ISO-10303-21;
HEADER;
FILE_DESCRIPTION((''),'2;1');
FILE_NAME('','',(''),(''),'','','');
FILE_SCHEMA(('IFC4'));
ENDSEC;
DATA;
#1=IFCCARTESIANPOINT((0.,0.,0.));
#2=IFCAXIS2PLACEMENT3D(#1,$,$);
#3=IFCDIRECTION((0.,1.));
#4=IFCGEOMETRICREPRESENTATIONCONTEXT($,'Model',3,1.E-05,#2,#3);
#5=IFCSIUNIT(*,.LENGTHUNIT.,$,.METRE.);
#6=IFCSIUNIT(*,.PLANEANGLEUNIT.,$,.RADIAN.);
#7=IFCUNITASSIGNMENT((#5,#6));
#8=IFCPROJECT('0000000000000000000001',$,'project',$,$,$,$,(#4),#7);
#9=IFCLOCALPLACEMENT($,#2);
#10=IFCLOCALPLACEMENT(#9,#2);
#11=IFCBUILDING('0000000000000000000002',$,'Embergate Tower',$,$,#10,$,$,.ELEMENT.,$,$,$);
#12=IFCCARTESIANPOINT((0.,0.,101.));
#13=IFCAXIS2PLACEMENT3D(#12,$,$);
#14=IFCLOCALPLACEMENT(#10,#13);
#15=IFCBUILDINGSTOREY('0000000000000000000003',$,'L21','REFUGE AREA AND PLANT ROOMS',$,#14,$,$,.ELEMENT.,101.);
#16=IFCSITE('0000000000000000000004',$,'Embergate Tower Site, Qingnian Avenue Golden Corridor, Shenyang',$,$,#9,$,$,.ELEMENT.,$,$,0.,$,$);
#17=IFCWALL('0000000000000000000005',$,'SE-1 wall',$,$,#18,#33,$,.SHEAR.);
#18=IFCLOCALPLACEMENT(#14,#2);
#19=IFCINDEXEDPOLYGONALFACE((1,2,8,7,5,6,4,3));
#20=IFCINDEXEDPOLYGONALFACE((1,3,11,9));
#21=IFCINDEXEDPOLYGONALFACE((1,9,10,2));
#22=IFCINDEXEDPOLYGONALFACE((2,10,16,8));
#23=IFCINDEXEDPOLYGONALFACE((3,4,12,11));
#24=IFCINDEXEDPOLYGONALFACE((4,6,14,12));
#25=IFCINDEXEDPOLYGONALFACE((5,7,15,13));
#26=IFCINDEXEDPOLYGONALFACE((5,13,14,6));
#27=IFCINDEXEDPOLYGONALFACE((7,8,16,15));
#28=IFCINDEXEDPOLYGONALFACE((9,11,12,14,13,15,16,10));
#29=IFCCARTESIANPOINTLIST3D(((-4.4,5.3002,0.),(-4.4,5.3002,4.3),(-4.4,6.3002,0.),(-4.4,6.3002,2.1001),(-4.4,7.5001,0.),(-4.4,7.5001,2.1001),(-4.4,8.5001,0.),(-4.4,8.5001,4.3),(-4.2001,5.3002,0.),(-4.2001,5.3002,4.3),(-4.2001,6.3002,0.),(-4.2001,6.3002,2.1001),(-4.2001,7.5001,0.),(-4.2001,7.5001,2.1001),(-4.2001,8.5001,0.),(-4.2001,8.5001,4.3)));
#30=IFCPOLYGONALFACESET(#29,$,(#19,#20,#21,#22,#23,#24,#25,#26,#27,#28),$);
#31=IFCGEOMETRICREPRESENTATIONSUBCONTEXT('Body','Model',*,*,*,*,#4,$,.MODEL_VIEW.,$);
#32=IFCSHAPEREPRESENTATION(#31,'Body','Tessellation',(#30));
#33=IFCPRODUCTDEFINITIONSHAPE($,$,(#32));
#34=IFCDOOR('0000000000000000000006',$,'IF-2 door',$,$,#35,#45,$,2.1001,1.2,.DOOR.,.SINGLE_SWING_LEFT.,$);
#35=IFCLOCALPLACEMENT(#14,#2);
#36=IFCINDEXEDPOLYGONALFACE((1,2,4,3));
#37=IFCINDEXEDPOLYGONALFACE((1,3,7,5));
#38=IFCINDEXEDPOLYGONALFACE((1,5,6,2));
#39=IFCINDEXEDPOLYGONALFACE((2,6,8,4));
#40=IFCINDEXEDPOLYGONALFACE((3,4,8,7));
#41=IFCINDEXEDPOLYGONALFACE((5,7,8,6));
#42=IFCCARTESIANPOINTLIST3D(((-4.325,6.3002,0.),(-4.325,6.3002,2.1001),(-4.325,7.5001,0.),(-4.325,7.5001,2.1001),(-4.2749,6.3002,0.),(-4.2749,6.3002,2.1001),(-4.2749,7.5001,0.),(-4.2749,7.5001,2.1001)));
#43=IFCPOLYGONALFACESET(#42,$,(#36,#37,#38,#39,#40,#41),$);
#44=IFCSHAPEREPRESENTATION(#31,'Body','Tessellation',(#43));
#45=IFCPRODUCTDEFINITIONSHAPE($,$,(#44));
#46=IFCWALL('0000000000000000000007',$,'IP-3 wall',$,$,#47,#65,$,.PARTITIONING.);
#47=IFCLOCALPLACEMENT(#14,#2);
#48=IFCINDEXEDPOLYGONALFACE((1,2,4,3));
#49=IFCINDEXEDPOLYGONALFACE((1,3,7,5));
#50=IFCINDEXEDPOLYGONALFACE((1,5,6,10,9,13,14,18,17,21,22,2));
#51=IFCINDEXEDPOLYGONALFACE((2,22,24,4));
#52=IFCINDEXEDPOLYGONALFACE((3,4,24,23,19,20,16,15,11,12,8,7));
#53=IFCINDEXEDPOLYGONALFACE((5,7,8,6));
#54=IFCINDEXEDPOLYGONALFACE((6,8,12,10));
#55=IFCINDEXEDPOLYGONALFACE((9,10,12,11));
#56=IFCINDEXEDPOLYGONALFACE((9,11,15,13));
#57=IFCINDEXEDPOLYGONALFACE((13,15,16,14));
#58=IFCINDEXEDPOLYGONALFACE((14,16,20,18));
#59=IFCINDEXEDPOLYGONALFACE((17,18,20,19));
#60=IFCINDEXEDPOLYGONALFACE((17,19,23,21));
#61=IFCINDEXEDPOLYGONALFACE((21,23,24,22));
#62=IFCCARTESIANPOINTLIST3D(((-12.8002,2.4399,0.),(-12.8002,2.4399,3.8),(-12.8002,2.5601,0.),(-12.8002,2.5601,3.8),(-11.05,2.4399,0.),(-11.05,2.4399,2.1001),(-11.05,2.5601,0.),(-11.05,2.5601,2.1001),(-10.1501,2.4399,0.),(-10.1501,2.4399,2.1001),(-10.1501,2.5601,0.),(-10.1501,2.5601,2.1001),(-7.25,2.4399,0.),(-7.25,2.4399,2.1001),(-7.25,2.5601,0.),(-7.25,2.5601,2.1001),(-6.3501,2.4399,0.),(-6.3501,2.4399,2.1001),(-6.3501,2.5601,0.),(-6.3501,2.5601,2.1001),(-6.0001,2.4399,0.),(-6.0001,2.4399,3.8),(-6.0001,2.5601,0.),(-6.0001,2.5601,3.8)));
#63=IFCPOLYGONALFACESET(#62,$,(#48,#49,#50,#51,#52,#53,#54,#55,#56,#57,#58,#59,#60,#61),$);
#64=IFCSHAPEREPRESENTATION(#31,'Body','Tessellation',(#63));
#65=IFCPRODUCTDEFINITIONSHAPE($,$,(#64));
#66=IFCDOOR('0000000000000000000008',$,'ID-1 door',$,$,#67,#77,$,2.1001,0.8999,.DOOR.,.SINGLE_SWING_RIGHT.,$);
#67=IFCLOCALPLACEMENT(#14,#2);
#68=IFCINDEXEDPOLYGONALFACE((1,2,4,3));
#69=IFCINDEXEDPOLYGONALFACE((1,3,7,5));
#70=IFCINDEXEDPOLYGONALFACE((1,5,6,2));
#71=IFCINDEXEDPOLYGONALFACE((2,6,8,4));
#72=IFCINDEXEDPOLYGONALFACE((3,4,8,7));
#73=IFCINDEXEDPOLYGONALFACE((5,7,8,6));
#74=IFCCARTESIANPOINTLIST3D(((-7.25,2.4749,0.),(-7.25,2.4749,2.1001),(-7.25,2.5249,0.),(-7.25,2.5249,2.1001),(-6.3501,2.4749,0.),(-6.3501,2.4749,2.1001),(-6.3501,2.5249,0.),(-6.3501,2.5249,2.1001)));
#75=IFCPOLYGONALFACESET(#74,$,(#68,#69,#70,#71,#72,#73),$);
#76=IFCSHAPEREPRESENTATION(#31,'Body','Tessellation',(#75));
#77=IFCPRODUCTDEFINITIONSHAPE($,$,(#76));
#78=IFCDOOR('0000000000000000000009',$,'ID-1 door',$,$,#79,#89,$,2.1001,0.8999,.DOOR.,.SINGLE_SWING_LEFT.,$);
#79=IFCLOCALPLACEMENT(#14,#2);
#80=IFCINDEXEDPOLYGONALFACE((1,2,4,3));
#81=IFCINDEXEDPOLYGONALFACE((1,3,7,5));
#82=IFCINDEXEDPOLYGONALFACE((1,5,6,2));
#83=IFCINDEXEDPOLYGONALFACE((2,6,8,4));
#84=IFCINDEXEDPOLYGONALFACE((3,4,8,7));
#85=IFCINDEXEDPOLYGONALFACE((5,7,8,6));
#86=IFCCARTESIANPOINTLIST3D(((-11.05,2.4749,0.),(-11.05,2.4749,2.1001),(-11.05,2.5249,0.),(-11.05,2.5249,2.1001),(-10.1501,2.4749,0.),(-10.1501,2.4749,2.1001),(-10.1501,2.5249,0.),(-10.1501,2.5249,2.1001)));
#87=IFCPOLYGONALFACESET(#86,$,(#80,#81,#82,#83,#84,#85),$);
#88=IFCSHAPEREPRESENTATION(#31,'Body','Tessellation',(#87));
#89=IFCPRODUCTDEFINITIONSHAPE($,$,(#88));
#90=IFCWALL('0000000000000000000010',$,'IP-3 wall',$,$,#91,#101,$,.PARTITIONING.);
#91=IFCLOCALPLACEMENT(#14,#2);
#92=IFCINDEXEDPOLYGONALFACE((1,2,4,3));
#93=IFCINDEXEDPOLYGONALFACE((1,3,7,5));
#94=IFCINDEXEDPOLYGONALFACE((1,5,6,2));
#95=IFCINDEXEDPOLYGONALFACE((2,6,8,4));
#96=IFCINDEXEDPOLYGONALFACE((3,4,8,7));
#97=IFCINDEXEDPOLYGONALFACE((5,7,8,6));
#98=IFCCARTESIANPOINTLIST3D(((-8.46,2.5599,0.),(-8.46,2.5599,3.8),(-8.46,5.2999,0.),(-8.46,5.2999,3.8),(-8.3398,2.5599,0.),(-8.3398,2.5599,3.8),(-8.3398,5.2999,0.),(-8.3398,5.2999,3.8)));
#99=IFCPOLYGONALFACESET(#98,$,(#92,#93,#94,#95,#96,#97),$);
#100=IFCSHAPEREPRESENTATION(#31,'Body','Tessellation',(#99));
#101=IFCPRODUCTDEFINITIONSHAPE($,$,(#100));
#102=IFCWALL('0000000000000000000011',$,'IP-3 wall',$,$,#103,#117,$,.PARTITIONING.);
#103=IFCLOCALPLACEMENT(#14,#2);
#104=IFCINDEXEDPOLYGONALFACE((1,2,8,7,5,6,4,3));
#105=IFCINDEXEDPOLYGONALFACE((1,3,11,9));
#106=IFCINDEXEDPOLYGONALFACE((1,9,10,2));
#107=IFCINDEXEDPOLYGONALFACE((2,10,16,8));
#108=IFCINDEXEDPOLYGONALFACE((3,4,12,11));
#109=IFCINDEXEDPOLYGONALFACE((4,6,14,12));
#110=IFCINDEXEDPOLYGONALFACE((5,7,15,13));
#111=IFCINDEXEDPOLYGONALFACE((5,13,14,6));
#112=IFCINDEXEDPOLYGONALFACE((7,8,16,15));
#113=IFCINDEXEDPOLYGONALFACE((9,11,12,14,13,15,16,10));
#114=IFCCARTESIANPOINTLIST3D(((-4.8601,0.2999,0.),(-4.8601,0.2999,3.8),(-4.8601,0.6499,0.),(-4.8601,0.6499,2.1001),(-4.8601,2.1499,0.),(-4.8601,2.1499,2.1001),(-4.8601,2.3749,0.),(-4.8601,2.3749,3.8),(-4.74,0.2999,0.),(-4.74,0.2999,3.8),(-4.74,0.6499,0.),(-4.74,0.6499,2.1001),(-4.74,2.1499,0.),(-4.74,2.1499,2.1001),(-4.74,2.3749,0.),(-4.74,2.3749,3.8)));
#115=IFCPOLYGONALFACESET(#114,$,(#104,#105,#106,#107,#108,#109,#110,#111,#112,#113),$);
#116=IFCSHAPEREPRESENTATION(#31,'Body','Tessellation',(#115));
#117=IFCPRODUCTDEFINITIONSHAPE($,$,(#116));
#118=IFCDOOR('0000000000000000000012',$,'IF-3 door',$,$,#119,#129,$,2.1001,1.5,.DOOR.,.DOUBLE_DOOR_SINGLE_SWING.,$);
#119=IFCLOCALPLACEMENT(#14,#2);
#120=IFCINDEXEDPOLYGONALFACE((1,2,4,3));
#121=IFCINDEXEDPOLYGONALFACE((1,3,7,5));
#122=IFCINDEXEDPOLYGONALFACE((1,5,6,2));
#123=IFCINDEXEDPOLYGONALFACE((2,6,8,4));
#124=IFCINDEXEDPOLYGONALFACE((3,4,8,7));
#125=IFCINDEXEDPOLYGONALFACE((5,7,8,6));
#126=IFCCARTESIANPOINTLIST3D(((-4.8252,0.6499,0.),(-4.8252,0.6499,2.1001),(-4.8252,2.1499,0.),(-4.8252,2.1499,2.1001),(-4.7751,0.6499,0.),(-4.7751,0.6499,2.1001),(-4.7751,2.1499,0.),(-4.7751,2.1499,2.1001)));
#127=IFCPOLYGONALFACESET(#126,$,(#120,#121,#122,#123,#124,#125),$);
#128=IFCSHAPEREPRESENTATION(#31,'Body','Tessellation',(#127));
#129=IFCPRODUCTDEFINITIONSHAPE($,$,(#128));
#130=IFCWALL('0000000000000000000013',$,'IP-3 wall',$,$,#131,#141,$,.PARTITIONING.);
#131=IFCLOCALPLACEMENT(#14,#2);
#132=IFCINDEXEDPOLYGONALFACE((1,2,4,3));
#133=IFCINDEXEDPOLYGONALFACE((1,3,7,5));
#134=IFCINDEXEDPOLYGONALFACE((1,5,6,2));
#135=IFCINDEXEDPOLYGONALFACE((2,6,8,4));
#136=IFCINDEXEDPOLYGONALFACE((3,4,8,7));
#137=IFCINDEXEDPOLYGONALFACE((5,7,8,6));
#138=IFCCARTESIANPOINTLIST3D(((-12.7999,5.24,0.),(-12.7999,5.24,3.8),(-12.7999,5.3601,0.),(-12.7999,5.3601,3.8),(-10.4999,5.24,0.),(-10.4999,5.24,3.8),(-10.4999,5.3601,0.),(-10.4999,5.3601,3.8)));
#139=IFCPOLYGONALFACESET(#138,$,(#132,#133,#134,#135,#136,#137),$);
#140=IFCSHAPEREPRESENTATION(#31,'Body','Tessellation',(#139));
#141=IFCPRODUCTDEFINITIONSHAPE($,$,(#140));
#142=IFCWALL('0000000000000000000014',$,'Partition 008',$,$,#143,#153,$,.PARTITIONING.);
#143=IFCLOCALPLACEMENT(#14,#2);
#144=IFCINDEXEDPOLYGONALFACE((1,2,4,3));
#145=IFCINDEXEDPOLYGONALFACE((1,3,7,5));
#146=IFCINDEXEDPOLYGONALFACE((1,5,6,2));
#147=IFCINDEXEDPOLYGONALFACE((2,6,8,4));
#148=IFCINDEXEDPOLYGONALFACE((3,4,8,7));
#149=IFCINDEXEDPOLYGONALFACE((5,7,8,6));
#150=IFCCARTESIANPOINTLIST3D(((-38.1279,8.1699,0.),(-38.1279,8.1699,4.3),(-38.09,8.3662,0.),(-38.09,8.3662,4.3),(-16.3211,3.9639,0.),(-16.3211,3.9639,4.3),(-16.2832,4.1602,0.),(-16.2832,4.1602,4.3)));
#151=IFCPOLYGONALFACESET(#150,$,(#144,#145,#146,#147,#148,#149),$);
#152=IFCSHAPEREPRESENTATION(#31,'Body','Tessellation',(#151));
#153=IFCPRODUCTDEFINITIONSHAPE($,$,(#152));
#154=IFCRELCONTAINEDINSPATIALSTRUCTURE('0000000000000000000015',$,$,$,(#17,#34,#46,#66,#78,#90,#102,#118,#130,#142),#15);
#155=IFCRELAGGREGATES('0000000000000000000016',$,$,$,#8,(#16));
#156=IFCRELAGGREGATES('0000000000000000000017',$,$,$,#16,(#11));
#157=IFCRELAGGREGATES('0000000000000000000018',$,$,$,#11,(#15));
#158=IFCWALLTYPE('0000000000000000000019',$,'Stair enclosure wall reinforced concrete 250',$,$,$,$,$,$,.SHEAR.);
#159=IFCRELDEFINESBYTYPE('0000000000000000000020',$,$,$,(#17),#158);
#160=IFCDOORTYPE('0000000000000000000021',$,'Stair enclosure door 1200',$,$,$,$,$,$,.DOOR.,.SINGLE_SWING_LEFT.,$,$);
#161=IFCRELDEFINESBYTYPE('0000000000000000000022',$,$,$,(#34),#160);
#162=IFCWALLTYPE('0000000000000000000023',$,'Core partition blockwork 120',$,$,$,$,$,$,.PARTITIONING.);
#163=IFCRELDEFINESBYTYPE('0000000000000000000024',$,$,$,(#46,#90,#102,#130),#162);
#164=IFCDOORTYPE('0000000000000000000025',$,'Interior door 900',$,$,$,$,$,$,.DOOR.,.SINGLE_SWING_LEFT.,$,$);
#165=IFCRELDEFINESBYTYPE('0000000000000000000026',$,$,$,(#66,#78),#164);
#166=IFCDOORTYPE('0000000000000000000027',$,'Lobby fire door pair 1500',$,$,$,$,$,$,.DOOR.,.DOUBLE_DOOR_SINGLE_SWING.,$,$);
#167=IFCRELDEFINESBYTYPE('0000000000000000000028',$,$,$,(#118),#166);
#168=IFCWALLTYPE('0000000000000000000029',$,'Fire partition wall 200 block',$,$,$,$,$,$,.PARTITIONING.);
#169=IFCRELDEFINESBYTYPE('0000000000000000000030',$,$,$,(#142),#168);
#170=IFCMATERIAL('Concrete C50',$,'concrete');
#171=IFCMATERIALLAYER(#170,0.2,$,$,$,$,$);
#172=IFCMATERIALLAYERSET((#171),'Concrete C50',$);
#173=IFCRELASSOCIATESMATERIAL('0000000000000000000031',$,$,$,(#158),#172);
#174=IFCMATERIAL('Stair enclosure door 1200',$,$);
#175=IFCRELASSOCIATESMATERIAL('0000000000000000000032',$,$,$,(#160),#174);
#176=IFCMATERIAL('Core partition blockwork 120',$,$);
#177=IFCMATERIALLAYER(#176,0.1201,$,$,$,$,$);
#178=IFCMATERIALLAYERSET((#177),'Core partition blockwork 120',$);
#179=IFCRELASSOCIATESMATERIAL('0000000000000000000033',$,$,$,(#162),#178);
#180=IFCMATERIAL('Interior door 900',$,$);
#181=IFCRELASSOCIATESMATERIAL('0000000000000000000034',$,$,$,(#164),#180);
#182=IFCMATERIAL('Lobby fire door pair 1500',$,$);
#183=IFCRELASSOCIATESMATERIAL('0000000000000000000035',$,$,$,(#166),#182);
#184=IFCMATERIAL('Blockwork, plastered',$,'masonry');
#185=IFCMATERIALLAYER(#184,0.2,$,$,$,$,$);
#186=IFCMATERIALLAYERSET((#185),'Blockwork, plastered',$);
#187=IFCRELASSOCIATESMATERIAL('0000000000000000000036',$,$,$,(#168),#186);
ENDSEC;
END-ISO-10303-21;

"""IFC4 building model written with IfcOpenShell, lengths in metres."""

from ifc_helpers import new_model, si_unit, direction, frame, frame_2d, origin, place, context, subcontext, project, spatial, rectangle, extrude, source, transform, mapped, material, layer, layer_set, type_object, element, fill, save


model = new_model("IFC4")

# Units and contexts
model_context = context("Model", 3, precision=1e-05, world=origin(), true_north=direction((0.0, 1.0)))
body_context = subcontext(model_context, "Body", "Model", "MODEL_VIEW")
ifc_project = project(units=[si_unit("LENGTHUNIT", "METRE"), si_unit("PLANEANGLEUNIT", "RADIAN")], contexts=[model_context])

# Site, building, storey
site_placement = place(None, origin())
site = spatial("IfcSite", under=ifc_project, at=site_placement, Name="Embergate Tower Site, Qingnian Avenue Golden Corridor, Shenyang", CompositionType="ELEMENT", RefElevation=0.0)
building_placement = place(site_placement, origin())
building = spatial("IfcBuilding", under=site, at=building_placement, Name="Embergate Tower", CompositionType="ELEMENT")
storey_placement = place(building_placement, frame((0.0, 0.0, 101.0)))
storey = spatial("IfcBuildingStorey", under=building, at=storey_placement, Name="L21", Description="REFUGE AREA AND PLANT ROOMS", CompositionType="ELEMENT", Elevation=101.0)

# Shared definitions
ifc_material_1 = material(Name="Concrete C50", Category="concrete")

# Shared definitions
ifc_layer_1 = layer(ifc_material_1, 0.2)
ifc_layer_set_1 = layer_set([ifc_layer_1], Name="Concrete C50")
wall_type_1 = type_object("IfcWallType", Name="Stair enclosure wall reinforced concrete 250", PredefinedType="SHEAR", material=ifc_layer_set_1)

# Wall, opening, door
shared_shape_1 = source(origin(), body_context, "Body", "SweptSolid", [
    extrude(rectangle(XDim=3.2, YDim=0.2, at=frame_2d((1.6001, 0.0))), origin(), (0.0, 0.0, 1.0), 4.3),
])
wall_1_placement = place(storey_placement, frame((-4.3, 5.3, 0.0), z_axis=(0.0, 0.0, 1.0), x_axis=(0.0, 1.0, 0.0)))
wall_1 = element("IfcWall", 1, at=wall_1_placement, inside=storey, type_object=wall_type_1, Name="SE-1 wall", PredefinedType="SHEAR", context=body_context, shape_type="MappedRepresentation", body=[
    mapped(shared_shape_1, transform((0.0, 0.0, 0.0))),
])
shared_shape_2 = source(origin(), body_context, "Body", "SweptSolid", [
    extrude(rectangle(XDim=1.2, YDim=2.1001, at=frame_2d((0.6001, 1.05))), frame((0.0, 0.1099, 0.0), z_axis=(0.0, -1.0, 0.0), x_axis=(1.0, 0.0, 0.0)), (0.0, 0.0, 1.0), 0.22),
])
opening_1_placement = place(wall_1_placement, frame((1.0, 0.0, 0.0)))
opening_1 = element("IfcOpeningElement", 2, at=opening_1_placement, cuts=wall_1, PredefinedType="OPENING", context=body_context, shape_type="MappedRepresentation", body=[
    mapped(shared_shape_2, transform((0.0, 0.0, 0.0))),
])
ifc_material_2 = material(Name="Stair enclosure door 1200")
door_type_1 = type_object("IfcDoorType", Name="Stair enclosure door 1200", OperationType="SINGLE_SWING_LEFT", PredefinedType="DOOR", material=ifc_material_2)
shared_shape_3 = source(origin(), body_context, "Body", "SweptSolid", [
    extrude(rectangle(XDim=1.2, YDim=2.1001, at=frame_2d((0.6001, 1.05))), frame((0.0, 0.0249, 0.0), z_axis=(0.0, -1.0, 0.0), x_axis=(1.0, 0.0, 0.0)), (0.0, 0.0, 1.0), 0.05),
])
door_1_placement = place(opening_1_placement, origin())
door_1 = element("IfcDoor", 3, at=door_1_placement, inside=storey, type_object=door_type_1, Name="IF-2 door", OperationType="SINGLE_SWING_LEFT", OverallHeight=2.1001, OverallWidth=1.2, PredefinedType="DOOR", context=body_context, shape_type="MappedRepresentation", body=[
    mapped(shared_shape_3, transform((0.0, 0.0, 0.0))),
])
fill(opening_1, door_1)

# Wall, openings, doors
ifc_material_3 = material(Name="Core partition blockwork 120")
ifc_layer_2 = layer(ifc_material_3, 0.1201)
ifc_layer_set_2 = layer_set([ifc_layer_2], Name="Core partition blockwork 120")
wall_type_2 = type_object("IfcWallType", Name="Core partition blockwork 120", PredefinedType="PARTITIONING", material=ifc_layer_set_2)
shared_shape_4 = source(origin(), body_context, "Body", "SweptSolid", [
    extrude(rectangle(XDim=6.8, YDim=0.1201, at=frame_2d((3.3999, 0.0))), origin(), (0.0, 0.0, 1.0), 3.8),
])
wall_2_placement = place(storey_placement, frame((-12.8, 2.5, 0.0), z_axis=(0.0, 0.0, 1.0), x_axis=(1.0, 0.0, 0.0)))
wall_2 = element("IfcWall", 4, at=wall_2_placement, inside=storey, type_object=wall_type_2, Name="IP-3 wall", PredefinedType="PARTITIONING", context=body_context, shape_type="MappedRepresentation", body=[
    mapped(shared_shape_4, transform((0.0, 0.0, 0.0))),
])
shared_shape_5 = source(origin(), body_context, "Body", "SweptSolid", [
    extrude(rectangle(XDim=0.8999, YDim=2.1001, at=frame_2d((0.45, 1.05))), frame((0.0, 0.0701, 0.0), z_axis=(0.0, -1.0, 0.0), x_axis=(1.0, 0.0, 0.0)), (0.0, 0.0, 1.0), 0.1401),
])
opening_2_placement = place(wall_2_placement, frame((5.55, 0.0, 0.0)))
opening_2 = element("IfcOpeningElement", 5, at=opening_2_placement, cuts=wall_2, PredefinedType="OPENING", context=body_context, shape_type="MappedRepresentation", body=[
    mapped(shared_shape_5, transform((0.0, 0.0, 0.0))),
])
opening_3_placement = place(wall_2_placement, frame((1.75, 0.0, 0.0)))
opening_3 = element("IfcOpeningElement", 6, at=opening_3_placement, cuts=wall_2, PredefinedType="OPENING", context=body_context, shape_type="MappedRepresentation", body=[
    mapped(shared_shape_5, transform((0.0, 0.0, 0.0))),
])
ifc_material_4 = material(Name="Interior door 900")
door_type_2 = type_object("IfcDoorType", Name="Interior door 900", OperationType="SINGLE_SWING_LEFT", PredefinedType="DOOR", material=ifc_material_4)
shared_shape_6 = source(origin(), body_context, "Body", "SweptSolid", [
    extrude(rectangle(XDim=0.8999, YDim=2.1001, at=frame_2d((0.45, 1.05))), frame((0.0, 0.0249, 0.0), z_axis=(0.0, -1.0, 0.0), x_axis=(1.0, 0.0, 0.0)), (0.0, 0.0, 1.0), 0.05),
])
door_2_placement = place(opening_2_placement, origin())
door_2 = element("IfcDoor", 7, at=door_2_placement, inside=storey, type_object=door_type_2, Name="ID-1 door", OperationType="SINGLE_SWING_RIGHT", OverallHeight=2.1001, OverallWidth=0.8999, PredefinedType="DOOR", context=body_context, shape_type="MappedRepresentation", body=[
    mapped(shared_shape_6, transform((0.0, 0.0, 0.0))),
])
fill(opening_2, door_2)
door_3_placement = place(opening_3_placement, origin())
door_3 = element("IfcDoor", 8, at=door_3_placement, inside=storey, type_object=door_type_2, Name="ID-1 door", OperationType="SINGLE_SWING_LEFT", OverallHeight=2.1001, OverallWidth=0.8999, PredefinedType="DOOR", context=body_context, shape_type="MappedRepresentation", body=[
    mapped(shared_shape_6, transform((0.0, 0.0, 0.0))),
])
fill(opening_3, door_3)

# Wall
shared_shape_7 = source(origin(), body_context, "Body", "SweptSolid", [
    extrude(rectangle(XDim=2.74, YDim=0.1201, at=frame_2d((1.3701, 0.0))), origin(), (0.0, 0.0, 1.0), 3.8),
])
wall_3_placement = place(storey_placement, frame((-8.3999, 5.3, 0.0), z_axis=(0.0, 0.0, 1.0), x_axis=(0.0, -1.0, 0.0)))
element("IfcWall", 9, at=wall_3_placement, inside=storey, type_object=wall_type_2, Name="IP-3 wall", PredefinedType="PARTITIONING", context=body_context, shape_type="MappedRepresentation", body=[
    mapped(shared_shape_7, transform((0.0, 0.0, 0.0))),
])

# Wall, opening, door
shared_shape_8 = source(origin(), body_context, "Body", "SweptSolid", [
    extrude(rectangle(XDim=2.075, YDim=0.1201, at=frame_2d((1.0376, 0.0))), origin(), (0.0, 0.0, 1.0), 3.8),
])
wall_4_placement = place(storey_placement, frame((-4.8, 2.375, 0.0), z_axis=(0.0, 0.0, 1.0), x_axis=(0.0, -1.0, 0.0)))
wall_4 = element("IfcWall", 10, at=wall_4_placement, inside=storey, type_object=wall_type_2, Name="IP-3 wall", PredefinedType="PARTITIONING", context=body_context, shape_type="MappedRepresentation", body=[
    mapped(shared_shape_8, transform((0.0, 0.0, 0.0))),
])
shared_shape_9 = source(origin(), body_context, "Body", "SweptSolid", [
    extrude(rectangle(XDim=1.5, YDim=2.1001, at=frame_2d((0.75, 1.05))), frame((0.0, 0.0701, 0.0), z_axis=(0.0, -1.0, 0.0), x_axis=(1.0, 0.0, 0.0)), (0.0, 0.0, 1.0), 0.1401),
])
opening_4_placement = place(wall_4_placement, frame((0.2251, 0.0, 0.0)))
opening_4 = element("IfcOpeningElement", 11, at=opening_4_placement, cuts=wall_4, PredefinedType="OPENING", context=body_context, shape_type="MappedRepresentation", body=[
    mapped(shared_shape_9, transform((0.0, 0.0, 0.0))),
])
ifc_material_5 = material(Name="Lobby fire door pair 1500")
door_type_3 = type_object("IfcDoorType", Name="Lobby fire door pair 1500", OperationType="DOUBLE_DOOR_SINGLE_SWING", PredefinedType="DOOR", material=ifc_material_5)
shared_shape_10 = source(origin(), body_context, "Body", "SweptSolid", [
    extrude(rectangle(XDim=1.5, YDim=2.1001, at=frame_2d((0.75, 1.05))), frame((0.0, 0.0249, 0.0), z_axis=(0.0, -1.0, 0.0), x_axis=(1.0, 0.0, 0.0)), (0.0, 0.0, 1.0), 0.05),
])
door_4_placement = place(opening_4_placement, origin())
door_4 = element("IfcDoor", 12, at=door_4_placement, inside=storey, type_object=door_type_3, Name="IF-3 door", OperationType="DOUBLE_DOOR_SINGLE_SWING", OverallHeight=2.1001, OverallWidth=1.5, PredefinedType="DOOR", context=body_context, shape_type="MappedRepresentation", body=[
    mapped(shared_shape_10, transform((0.0, 0.0, 0.0))),
])
fill(opening_4, door_4)

# Walls
shared_shape_11 = source(origin(), body_context, "Body", "SweptSolid", [
    extrude(rectangle(XDim=2.3, YDim=0.1201, at=frame_2d((1.1499, 0.0))), origin(), (0.0, 0.0, 1.0), 3.8),
])
wall_5_placement = place(storey_placement, frame((-10.5, 5.3, 0.0), z_axis=(0.0, 0.0, 1.0), x_axis=(-1.0, 0.0, 0.0)))
element("IfcWall", 13, at=wall_5_placement, inside=storey, type_object=wall_type_2, Name="IP-3 wall", PredefinedType="PARTITIONING", context=body_context, shape_type="MappedRepresentation", body=[
    mapped(shared_shape_11, transform((0.0, 0.0, 0.0))),
])
ifc_material_6 = material(Name="Blockwork, plastered", Category="masonry")
ifc_layer_3 = layer(ifc_material_6, 0.2)
ifc_layer_set_3 = layer_set([ifc_layer_3], Name="Blockwork, plastered")
wall_type_3 = type_object("IfcWallType", Name="Fire partition wall 200 block", PredefinedType="PARTITIONING", material=ifc_layer_set_3)
shared_shape_12 = source(origin(), body_context, "Body", "SweptSolid", [
    extrude(rectangle(XDim=22.2087, YDim=0.2, at=frame_2d((11.1045, 0.0))), origin(), (0.0, 0.0, 1.0), 4.3),
])
wall_6_placement = place(storey_placement, frame((-16.302, 4.062, 0.0), z_axis=(0.0, 0.0, 1.0), x_axis=(-0.981903, 0.189387, 0.0)))
element("IfcWall", 14, at=wall_6_placement, inside=storey, type_object=wall_type_3, Name="Partition 008", PredefinedType="PARTITIONING", context=body_context, shape_type="MappedRepresentation", body=[
    mapped(shared_shape_12, transform((0.0, 0.0, 0.0))),
])

save(model, "model.ifc")
